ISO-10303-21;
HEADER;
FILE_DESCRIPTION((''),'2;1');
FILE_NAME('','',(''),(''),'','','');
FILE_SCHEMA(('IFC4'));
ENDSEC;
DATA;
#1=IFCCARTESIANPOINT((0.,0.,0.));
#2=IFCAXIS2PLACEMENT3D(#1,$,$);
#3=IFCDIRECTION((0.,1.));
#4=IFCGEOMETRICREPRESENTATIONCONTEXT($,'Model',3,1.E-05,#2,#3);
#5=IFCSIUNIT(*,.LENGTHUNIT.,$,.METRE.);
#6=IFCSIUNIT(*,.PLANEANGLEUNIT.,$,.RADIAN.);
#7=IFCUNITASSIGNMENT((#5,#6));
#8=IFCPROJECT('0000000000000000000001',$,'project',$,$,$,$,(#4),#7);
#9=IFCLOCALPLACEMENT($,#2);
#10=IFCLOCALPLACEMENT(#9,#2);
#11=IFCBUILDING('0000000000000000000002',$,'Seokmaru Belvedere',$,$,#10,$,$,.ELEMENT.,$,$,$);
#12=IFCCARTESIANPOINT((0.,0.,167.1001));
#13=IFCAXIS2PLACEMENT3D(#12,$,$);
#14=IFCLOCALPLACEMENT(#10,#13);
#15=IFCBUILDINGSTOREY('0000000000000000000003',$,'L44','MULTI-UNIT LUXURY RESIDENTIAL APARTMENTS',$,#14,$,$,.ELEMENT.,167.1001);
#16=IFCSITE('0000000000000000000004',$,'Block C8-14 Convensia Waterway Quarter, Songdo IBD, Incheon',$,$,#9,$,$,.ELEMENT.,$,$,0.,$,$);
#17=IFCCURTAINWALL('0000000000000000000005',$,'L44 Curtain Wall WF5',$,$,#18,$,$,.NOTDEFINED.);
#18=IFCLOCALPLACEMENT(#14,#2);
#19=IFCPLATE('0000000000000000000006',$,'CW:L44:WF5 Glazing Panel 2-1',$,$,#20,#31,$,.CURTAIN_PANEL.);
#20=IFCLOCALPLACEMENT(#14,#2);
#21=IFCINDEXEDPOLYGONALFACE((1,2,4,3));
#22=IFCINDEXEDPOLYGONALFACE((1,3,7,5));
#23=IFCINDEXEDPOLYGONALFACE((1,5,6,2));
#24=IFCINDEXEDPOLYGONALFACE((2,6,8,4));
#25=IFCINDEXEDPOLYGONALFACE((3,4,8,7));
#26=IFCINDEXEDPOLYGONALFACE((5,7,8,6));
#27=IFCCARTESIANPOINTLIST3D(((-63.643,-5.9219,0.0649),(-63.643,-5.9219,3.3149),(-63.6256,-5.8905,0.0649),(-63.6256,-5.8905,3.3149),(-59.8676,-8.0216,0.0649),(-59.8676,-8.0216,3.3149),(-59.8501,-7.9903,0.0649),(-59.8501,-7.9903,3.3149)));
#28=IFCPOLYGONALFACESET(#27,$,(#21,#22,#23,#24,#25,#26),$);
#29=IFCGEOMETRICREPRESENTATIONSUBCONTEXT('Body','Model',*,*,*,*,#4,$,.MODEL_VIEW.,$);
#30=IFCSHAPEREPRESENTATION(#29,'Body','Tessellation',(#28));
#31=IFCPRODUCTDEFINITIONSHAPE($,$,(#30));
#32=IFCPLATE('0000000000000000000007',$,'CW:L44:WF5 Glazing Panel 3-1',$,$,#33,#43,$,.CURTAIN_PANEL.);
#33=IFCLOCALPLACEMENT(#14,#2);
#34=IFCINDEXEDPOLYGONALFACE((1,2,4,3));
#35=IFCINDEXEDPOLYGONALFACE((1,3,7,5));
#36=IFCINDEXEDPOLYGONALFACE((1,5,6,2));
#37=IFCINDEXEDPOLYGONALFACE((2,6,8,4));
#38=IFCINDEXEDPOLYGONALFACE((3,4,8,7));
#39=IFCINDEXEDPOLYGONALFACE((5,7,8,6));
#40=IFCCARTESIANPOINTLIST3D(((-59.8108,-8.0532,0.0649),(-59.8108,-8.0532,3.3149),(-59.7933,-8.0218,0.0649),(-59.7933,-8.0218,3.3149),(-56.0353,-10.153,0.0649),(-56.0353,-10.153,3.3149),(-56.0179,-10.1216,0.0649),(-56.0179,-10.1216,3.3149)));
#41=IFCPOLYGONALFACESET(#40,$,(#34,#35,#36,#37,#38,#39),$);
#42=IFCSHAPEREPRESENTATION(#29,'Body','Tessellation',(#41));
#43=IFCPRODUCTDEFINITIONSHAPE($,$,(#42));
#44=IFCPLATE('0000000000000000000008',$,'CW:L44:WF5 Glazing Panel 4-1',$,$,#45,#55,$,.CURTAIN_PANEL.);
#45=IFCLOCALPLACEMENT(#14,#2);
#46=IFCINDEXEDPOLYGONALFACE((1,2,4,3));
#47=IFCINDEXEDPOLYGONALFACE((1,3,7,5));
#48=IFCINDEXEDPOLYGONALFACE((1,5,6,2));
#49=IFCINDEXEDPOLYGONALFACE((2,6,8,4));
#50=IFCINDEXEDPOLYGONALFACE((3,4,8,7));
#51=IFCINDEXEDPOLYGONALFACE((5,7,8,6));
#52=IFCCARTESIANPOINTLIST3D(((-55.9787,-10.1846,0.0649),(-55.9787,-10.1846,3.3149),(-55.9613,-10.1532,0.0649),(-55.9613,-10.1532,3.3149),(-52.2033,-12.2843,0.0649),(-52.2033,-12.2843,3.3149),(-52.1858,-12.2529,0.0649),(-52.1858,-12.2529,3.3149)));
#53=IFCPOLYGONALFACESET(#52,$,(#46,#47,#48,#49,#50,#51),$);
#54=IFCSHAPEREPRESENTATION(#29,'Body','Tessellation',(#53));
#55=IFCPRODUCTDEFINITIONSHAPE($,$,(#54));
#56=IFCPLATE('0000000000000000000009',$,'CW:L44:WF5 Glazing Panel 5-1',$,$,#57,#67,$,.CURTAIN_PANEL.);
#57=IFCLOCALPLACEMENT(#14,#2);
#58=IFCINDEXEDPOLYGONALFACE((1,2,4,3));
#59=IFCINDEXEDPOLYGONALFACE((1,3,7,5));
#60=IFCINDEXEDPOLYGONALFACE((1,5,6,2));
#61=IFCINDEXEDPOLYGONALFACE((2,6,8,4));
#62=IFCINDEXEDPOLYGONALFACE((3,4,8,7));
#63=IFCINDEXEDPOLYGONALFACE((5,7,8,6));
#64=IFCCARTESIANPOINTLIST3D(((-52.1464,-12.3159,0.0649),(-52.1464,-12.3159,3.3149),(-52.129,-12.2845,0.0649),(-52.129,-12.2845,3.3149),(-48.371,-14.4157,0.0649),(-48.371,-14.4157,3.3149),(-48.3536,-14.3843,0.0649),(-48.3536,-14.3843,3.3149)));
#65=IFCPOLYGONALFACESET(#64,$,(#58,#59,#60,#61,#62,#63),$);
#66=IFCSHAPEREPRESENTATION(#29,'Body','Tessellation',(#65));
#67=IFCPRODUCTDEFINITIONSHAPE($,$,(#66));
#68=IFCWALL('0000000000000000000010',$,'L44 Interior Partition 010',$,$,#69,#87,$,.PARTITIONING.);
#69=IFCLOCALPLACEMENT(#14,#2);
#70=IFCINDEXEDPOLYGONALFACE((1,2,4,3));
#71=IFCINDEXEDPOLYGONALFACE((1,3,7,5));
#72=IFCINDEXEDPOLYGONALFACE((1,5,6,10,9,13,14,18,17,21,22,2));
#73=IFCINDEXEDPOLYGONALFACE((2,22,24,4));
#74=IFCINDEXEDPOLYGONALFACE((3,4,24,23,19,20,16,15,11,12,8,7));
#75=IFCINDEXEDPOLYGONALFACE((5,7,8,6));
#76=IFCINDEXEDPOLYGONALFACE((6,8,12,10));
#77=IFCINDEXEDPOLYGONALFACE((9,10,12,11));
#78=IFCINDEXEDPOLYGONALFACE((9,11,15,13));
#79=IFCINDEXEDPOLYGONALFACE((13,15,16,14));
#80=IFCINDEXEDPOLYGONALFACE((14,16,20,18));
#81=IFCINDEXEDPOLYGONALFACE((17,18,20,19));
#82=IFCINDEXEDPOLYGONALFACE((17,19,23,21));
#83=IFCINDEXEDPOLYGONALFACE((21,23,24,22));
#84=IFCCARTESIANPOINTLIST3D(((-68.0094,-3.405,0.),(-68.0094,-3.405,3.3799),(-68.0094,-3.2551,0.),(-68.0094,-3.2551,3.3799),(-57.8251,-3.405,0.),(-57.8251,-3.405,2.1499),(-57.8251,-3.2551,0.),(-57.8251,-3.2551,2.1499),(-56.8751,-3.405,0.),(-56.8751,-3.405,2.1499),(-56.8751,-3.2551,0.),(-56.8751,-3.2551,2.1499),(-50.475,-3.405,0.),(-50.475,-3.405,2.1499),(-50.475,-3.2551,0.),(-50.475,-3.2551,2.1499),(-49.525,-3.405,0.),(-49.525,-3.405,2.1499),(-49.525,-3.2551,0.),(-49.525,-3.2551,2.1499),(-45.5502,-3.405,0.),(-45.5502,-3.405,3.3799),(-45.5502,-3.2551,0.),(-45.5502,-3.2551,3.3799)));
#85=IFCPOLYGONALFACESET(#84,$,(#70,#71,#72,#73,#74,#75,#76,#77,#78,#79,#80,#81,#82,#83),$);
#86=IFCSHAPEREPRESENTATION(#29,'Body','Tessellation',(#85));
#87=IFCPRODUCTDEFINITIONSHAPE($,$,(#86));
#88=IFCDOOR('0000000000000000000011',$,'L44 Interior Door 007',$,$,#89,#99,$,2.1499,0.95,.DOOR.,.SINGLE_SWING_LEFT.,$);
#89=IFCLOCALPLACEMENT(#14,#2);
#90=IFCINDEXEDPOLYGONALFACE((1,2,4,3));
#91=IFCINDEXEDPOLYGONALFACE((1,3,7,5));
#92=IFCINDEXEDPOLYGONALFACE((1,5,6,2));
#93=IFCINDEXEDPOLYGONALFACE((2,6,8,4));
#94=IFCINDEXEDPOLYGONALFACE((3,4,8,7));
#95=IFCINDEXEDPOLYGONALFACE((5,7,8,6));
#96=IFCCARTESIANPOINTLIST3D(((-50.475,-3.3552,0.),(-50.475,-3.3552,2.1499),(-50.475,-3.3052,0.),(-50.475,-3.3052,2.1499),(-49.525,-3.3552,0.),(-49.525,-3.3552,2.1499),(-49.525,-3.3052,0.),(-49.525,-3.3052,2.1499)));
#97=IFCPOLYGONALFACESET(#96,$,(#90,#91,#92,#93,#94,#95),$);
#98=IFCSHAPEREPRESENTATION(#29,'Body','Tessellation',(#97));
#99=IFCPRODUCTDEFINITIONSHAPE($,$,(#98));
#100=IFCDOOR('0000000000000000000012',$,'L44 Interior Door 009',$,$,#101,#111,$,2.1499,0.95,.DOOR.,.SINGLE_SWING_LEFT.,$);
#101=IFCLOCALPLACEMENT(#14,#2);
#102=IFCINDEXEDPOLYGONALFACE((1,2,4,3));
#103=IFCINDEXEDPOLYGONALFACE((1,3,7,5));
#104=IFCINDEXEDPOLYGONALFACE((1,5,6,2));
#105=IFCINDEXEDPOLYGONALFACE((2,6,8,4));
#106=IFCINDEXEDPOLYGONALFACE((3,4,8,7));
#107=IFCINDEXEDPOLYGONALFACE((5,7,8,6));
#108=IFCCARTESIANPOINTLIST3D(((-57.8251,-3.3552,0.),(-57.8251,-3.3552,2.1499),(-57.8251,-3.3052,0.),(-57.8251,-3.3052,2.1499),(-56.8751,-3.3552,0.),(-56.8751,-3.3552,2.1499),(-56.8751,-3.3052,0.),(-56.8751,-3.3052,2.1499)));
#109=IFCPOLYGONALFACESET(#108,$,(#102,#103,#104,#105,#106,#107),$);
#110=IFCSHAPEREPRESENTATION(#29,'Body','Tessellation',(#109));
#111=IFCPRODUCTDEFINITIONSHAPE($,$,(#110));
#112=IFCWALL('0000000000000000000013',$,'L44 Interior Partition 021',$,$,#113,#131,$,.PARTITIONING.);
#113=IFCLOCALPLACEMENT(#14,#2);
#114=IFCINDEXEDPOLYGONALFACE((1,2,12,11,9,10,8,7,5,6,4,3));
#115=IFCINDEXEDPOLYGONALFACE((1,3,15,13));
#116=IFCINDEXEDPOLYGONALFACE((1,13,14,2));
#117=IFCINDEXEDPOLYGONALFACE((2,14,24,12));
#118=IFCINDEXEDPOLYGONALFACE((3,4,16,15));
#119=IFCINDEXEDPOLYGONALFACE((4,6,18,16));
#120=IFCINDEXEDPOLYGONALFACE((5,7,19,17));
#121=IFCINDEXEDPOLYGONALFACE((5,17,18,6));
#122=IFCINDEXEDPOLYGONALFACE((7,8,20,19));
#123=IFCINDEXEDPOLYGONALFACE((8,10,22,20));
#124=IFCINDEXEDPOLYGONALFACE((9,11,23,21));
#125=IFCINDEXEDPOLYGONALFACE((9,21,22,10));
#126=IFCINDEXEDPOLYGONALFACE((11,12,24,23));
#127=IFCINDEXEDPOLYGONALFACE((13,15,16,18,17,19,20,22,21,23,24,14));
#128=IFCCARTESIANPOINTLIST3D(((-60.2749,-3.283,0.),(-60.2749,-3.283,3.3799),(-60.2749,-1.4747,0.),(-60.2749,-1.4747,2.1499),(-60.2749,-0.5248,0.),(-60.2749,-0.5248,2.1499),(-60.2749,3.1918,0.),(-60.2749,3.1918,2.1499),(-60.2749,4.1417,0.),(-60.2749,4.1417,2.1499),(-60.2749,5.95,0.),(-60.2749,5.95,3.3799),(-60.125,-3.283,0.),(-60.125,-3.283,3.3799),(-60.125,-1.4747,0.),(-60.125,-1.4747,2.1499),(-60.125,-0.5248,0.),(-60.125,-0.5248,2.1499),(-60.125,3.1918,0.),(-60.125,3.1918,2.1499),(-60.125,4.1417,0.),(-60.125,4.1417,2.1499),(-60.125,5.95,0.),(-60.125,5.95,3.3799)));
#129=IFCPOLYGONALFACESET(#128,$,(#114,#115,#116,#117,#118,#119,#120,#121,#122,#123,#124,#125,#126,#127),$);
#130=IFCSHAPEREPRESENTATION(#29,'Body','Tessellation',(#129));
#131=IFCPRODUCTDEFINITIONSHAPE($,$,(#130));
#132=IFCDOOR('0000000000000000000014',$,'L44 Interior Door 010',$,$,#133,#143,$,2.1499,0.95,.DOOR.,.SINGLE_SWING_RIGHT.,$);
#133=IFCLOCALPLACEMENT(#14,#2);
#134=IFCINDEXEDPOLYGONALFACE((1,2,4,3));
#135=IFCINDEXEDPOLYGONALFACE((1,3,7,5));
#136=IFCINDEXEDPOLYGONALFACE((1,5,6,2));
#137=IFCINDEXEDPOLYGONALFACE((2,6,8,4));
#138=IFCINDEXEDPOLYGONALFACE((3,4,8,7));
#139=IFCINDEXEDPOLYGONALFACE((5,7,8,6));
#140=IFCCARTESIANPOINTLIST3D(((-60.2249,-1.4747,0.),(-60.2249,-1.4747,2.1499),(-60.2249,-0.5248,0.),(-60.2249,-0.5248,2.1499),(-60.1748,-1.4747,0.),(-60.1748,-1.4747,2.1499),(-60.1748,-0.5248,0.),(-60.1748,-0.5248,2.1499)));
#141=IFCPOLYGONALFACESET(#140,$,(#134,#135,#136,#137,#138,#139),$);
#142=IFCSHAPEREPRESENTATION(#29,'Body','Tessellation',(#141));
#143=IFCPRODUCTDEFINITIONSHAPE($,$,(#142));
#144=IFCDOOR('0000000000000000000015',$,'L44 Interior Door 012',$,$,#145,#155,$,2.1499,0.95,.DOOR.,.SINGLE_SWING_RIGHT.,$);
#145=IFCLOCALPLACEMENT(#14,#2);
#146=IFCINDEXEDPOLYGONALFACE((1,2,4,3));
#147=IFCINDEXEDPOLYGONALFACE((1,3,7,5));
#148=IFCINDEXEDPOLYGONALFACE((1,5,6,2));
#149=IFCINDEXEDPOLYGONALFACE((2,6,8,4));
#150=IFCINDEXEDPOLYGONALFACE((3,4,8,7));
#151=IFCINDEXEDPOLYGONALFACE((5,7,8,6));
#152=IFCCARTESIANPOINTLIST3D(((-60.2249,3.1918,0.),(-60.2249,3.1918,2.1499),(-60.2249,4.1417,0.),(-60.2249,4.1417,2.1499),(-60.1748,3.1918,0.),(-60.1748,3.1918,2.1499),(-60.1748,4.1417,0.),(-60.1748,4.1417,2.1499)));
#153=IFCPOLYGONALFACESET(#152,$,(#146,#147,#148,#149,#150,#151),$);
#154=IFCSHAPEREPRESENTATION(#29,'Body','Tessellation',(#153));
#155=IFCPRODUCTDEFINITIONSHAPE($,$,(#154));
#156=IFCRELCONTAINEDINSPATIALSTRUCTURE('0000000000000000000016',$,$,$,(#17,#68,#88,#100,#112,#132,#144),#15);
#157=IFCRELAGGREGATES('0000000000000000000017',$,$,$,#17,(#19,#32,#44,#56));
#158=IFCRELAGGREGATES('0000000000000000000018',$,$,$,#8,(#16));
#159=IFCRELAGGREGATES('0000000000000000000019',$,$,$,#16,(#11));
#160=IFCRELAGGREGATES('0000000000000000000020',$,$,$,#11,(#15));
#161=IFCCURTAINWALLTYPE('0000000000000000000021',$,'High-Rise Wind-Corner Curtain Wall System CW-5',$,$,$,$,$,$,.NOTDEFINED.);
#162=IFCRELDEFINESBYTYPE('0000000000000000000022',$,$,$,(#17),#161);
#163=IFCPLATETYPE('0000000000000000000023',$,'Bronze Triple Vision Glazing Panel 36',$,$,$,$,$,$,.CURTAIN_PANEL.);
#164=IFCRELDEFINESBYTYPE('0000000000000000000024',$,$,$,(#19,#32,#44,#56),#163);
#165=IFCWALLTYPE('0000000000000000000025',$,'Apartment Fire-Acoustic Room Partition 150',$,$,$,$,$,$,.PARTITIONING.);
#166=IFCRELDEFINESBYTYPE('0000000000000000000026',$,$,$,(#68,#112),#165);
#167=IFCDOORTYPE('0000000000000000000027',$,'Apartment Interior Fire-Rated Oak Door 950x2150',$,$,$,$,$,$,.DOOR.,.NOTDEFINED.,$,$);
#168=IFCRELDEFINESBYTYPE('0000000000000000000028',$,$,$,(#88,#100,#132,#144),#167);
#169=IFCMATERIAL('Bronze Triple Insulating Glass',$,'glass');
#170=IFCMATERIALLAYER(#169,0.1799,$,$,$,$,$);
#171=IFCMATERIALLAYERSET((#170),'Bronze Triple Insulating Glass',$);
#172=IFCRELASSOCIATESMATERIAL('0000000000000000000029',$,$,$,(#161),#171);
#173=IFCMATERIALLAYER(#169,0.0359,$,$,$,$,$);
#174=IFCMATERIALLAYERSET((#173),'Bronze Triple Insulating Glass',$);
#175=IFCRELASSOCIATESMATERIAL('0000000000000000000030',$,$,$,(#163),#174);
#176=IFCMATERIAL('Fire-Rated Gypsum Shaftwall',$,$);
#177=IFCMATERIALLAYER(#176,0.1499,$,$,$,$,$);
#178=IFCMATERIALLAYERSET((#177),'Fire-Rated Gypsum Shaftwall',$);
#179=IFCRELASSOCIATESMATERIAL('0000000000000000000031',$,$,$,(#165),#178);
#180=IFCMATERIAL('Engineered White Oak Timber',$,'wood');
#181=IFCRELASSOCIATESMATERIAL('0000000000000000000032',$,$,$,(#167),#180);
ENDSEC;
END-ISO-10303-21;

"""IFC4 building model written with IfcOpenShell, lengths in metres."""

from ifc_helpers import new_model, si_unit, direction, frame, frame_2d, origin, origin_2d, place, context, subcontext, project, spatial, rectangle, extrude, source, transform, mapped, material, layer, layer_set, type_object, type_shapes, element, fill, aggregate, save


model = new_model("IFC4")

# Units and contexts
model_context = context("Model", 3, precision=1e-05, world=origin(), true_north=direction((0.0, 1.0)))
body_context = subcontext(model_context, "Body", "Model", "MODEL_VIEW")
ifc_project = project(units=[si_unit("LENGTHUNIT", "METRE"), si_unit("PLANEANGLEUNIT", "RADIAN")], contexts=[model_context])

# Site, building, storey
site_placement = place(None, origin())
site = spatial("IfcSite", under=ifc_project, at=site_placement, Name="Block C8-14 Convensia Waterway Quarter, Songdo IBD, Incheon", CompositionType="ELEMENT", RefElevation=0.0)
building_placement = place(site_placement, origin())
building = spatial("IfcBuilding", under=site, at=building_placement, Name="Seokmaru Belvedere", CompositionType="ELEMENT")
storey_placement = place(building_placement, frame((0.0, 0.0, 167.1001)))
storey = spatial("IfcBuildingStorey", under=building, at=storey_placement, Name="L44", Description="MULTI-UNIT LUXURY RESIDENTIAL APARTMENTS", CompositionType="ELEMENT", Elevation=167.1001)

# Curtain wall, plates
ifc_material_1 = material(Name="Bronze Triple Insulating Glass", Category="glass")
ifc_layer_1 = layer(ifc_material_1, 0.1799)
ifc_layer_set_1 = layer_set([ifc_layer_1], Name="Bronze Triple Insulating Glass")
curtain_wall_type = type_object("IfcCurtainWallType", Name="High-Rise Wind-Corner Curtain Wall System CW-5", PredefinedType="NOTDEFINED", material=ifc_layer_set_1)
curtain_wall_placement = place(storey_placement, origin())
curtain_wall = element("IfcCurtainWall", 1, at=curtain_wall_placement, inside=storey, type_object=curtain_wall_type, Name="L44 Curtain Wall WF5", PredefinedType="NOTDEFINED")
ifc_layer_2 = layer(ifc_material_1, 0.0359)
ifc_layer_set_2 = layer_set([ifc_layer_2], Name="Bronze Triple Insulating Glass")
plate_type = type_object("IfcPlateType", Name="Bronze Triple Vision Glazing Panel 36", PredefinedType="CURTAIN_PANEL", material=ifc_layer_set_2)
shared_shape_1 = source(origin(), body_context, "Body", "SweptSolid", [
    extrude(rectangle(XDim=4.3201, YDim=0.0359, at=origin_2d()), origin(), (0.0, 0.0, 1.0), 3.25),
])
plate_1_placement = place(storey_placement, frame((-61.7466, -6.9561, 0.0649), z_axis=(0.0, 0.0, 1.0), x_axis=(0.873933, -0.486047, 0.0)))
plate_1 = element("IfcPlate", 2, at=plate_1_placement, type_object=plate_type, Name="CW:L44:WF5 Glazing Panel 2-1", PredefinedType="CURTAIN_PANEL", context=body_context, shape_type="MappedRepresentation", body=[
    mapped(shared_shape_1, transform((0.0, 0.0, 0.0), scale=1.0)),
])
plate_2_placement = place(storey_placement, frame((-57.9143, -9.0874, 0.0649), z_axis=(0.0, 0.0, 1.0), x_axis=(0.873933, -0.486047, 0.0)))
plate_2 = element("IfcPlate", 3, at=plate_2_placement, type_object=plate_type, Name="CW:L44:WF5 Glazing Panel 3-1", PredefinedType="CURTAIN_PANEL", context=body_context, shape_type="MappedRepresentation", body=[
    mapped(shared_shape_1, transform((0.0, 0.0, 0.0), scale=1.0)),
])
plate_3_placement = place(storey_placement, frame((-54.0823, -11.2188, 0.0649), z_axis=(0.0, 0.0, 1.0), x_axis=(0.873933, -0.486047, 0.0)))
plate_3 = element("IfcPlate", 4, at=plate_3_placement, type_object=plate_type, Name="CW:L44:WF5 Glazing Panel 4-1", PredefinedType="CURTAIN_PANEL", context=body_context, shape_type="MappedRepresentation", body=[
    mapped(shared_shape_1, transform((0.0, 0.0, 0.0), scale=1.0)),
])
plate_4_placement = place(storey_placement, frame((-50.25, -13.3501, 0.0649), z_axis=(0.0, 0.0, 1.0), x_axis=(0.873933, -0.486047, 0.0)))
plate_4 = element("IfcPlate", 5, at=plate_4_placement, type_object=plate_type, Name="CW:L44:WF5 Glazing Panel 5-1", PredefinedType="CURTAIN_PANEL", context=body_context, shape_type="MappedRepresentation", body=[
    mapped(shared_shape_1, transform((0.0, 0.0, 0.0), scale=1.0)),
])
aggregate(curtain_wall, [plate_1, plate_2, plate_3, plate_4])

# Walls, openings, doors
ifc_material_2 = material(Name="Fire-Rated Gypsum Shaftwall")
ifc_layer_3 = layer(ifc_material_2, 0.1499)
ifc_layer_set_3 = layer_set([ifc_layer_3], Name="Fire-Rated Gypsum Shaftwall")
wall_type_1 = type_object("IfcWallType", Name="Apartment Fire-Acoustic Room Partition 150", PredefinedType="PARTITIONING", material=ifc_layer_set_3)
wall_1_placement = place(storey_placement, frame((-68.0093, -3.3301, 0.0), z_axis=(0.0, 0.0, 1.0), x_axis=(1.0, 0.0, 0.0)))
wall_1 = element("IfcWall", 6, at=wall_1_placement, inside=storey, type_object=wall_type_1, Name="L44 Interior Partition 010", PredefinedType="PARTITIONING", context=body_context, shape_type="SweptSolid", body=[
    extrude(rectangle(XDim=22.4592, YDim=0.1499, at=frame_2d((11.2295, 0.0))), origin(), (0.0, 0.0, 1.0), 3.3799),
])
opening_1_placement = place(wall_1_placement, frame((17.5342, 0.0, 0.0)))
opening_1 = element("IfcOpeningElement", 7, at=opening_1_placement, cuts=wall_1, PredefinedType="OPENING", context=body_context, shape_type="SweptSolid", body=[
    extrude(rectangle(XDim=0.95, YDim=2.1499, at=frame_2d((0.4751, 1.075))), frame((0.0, 0.085, 0.0), z_axis=(0.0, -1.0, 0.0), x_axis=(1.0, 0.0, 0.0)), (0.0, 0.0, 1.0), 0.1699),
])
opening_2_placement = place(wall_1_placement, frame((10.1841, 0.0, 0.0)))
opening_2 = element("IfcOpeningElement", 8, at=opening_2_placement, cuts=wall_1, PredefinedType="OPENING", context=body_context, shape_type="SweptSolid", body=[
    extrude(rectangle(XDim=0.95, YDim=2.1499, at=frame_2d((0.4751, 1.075))), frame((0.0, 0.085, 0.0), z_axis=(0.0, -1.0, 0.0), x_axis=(1.0, 0.0, 0.0)), (0.0, 0.0, 1.0), 0.1699),
])
ifc_material_3 = material(Name="Engineered White Oak Timber", Category="wood")
door_type = type_object("IfcDoorType", Name="Apartment Interior Fire-Rated Oak Door 950x2150", OperationType="NOTDEFINED", PredefinedType="DOOR", material=ifc_material_3)
shared_shape_2 = source(origin(), body_context, "Body", "SweptSolid", [
    extrude(rectangle(XDim=0.95, YDim=2.1499, at=frame_2d((0.4751, 1.075))), frame((0.0, 0.0249, 0.0), z_axis=(0.0, -1.0, 0.0), x_axis=(1.0, 0.0, 0.0)), (0.0, 0.0, 1.0), 0.05),
])
type_shapes(door_type, [shared_shape_2])
door_1_placement = place(opening_1_placement, origin())
door_1 = element("IfcDoor", 9, at=door_1_placement, inside=storey, type_object=door_type, Name="L44 Interior Door 007", OperationType="SINGLE_SWING_LEFT", OverallHeight=2.1499, OverallWidth=0.95, PredefinedType="DOOR", context=body_context, shape_type="MappedRepresentation", body=[
    mapped(shared_shape_2, transform((0.0, 0.0, 0.0), scale=1.0)),
])
fill(opening_1, door_1)
door_2_placement = place(opening_2_placement, origin())
door_2 = element("IfcDoor", 10, at=door_2_placement, inside=storey, type_object=door_type, Name="L44 Interior Door 009", OperationType="SINGLE_SWING_LEFT", OverallHeight=2.1499, OverallWidth=0.95, PredefinedType="DOOR", context=body_context, shape_type="MappedRepresentation", body=[
    mapped(shared_shape_2, transform((0.0, 0.0, 0.0), scale=1.0)),
])
fill(opening_2, door_2)
wall_2_placement = place(storey_placement, frame((-60.2, -3.283, 0.0), z_axis=(0.0, 0.0, 1.0), x_axis=(0.0, 1.0, 0.0)))
wall_2 = element("IfcWall", 11, at=wall_2_placement, inside=storey, type_object=wall_type_1, Name="L44 Interior Partition 021", PredefinedType="PARTITIONING", context=body_context, shape_type="SweptSolid", body=[
    extrude(rectangle(XDim=9.2329, YDim=0.1499, at=frame_2d((4.6165, 0.0))), origin(), (0.0, 0.0, 1.0), 3.3799),
])
opening_3_placement = place(wall_2_placement, frame((1.8081, 0.0, 0.0)))
opening_3 = element("IfcOpeningElement", 12, at=opening_3_placement, cuts=wall_2, PredefinedType="OPENING", context=body_context, shape_type="SweptSolid", body=[
    extrude(rectangle(XDim=0.95, YDim=2.1499, at=frame_2d((0.4751, 1.075))), frame((0.0, 0.085, 0.0), z_axis=(0.0, -1.0, 0.0), x_axis=(1.0, 0.0, 0.0)), (0.0, 0.0, 1.0), 0.1699),
])
opening_4_placement = place(wall_2_placement, frame((6.4746, 0.0, 0.0)))
opening_4 = element("IfcOpeningElement", 13, at=opening_4_placement, cuts=wall_2, PredefinedType="OPENING", context=body_context, shape_type="SweptSolid", body=[
    extrude(rectangle(XDim=0.95, YDim=2.1499, at=frame_2d((0.4751, 1.075))), frame((0.0, 0.085, 0.0), z_axis=(0.0, -1.0, 0.0), x_axis=(1.0, 0.0, 0.0)), (0.0, 0.0, 1.0), 0.1699),
])
door_3_placement = place(opening_3_placement, origin())
door_3 = element("IfcDoor", 14, at=door_3_placement, inside=storey, type_object=door_type, Name="L44 Interior Door 010", OperationType="SINGLE_SWING_RIGHT", OverallHeight=2.1499, OverallWidth=0.95, PredefinedType="DOOR", context=body_context, shape_type="MappedRepresentation", body=[
    mapped(shared_shape_2, transform((0.0, 0.0, 0.0), scale=1.0)),
])
fill(opening_3, door_3)
door_4_placement = place(opening_4_placement, origin())
door_4 = element("IfcDoor", 15, at=door_4_placement, inside=storey, type_object=door_type, Name="L44 Interior Door 012", OperationType="SINGLE_SWING_RIGHT", OverallHeight=2.1499, OverallWidth=0.95, PredefinedType="DOOR", context=body_context, shape_type="MappedRepresentation", body=[
    mapped(shared_shape_2, transform((0.0, 0.0, 0.0), scale=1.0)),
])
fill(opening_4, door_4)

save(model, "model.ifc")
